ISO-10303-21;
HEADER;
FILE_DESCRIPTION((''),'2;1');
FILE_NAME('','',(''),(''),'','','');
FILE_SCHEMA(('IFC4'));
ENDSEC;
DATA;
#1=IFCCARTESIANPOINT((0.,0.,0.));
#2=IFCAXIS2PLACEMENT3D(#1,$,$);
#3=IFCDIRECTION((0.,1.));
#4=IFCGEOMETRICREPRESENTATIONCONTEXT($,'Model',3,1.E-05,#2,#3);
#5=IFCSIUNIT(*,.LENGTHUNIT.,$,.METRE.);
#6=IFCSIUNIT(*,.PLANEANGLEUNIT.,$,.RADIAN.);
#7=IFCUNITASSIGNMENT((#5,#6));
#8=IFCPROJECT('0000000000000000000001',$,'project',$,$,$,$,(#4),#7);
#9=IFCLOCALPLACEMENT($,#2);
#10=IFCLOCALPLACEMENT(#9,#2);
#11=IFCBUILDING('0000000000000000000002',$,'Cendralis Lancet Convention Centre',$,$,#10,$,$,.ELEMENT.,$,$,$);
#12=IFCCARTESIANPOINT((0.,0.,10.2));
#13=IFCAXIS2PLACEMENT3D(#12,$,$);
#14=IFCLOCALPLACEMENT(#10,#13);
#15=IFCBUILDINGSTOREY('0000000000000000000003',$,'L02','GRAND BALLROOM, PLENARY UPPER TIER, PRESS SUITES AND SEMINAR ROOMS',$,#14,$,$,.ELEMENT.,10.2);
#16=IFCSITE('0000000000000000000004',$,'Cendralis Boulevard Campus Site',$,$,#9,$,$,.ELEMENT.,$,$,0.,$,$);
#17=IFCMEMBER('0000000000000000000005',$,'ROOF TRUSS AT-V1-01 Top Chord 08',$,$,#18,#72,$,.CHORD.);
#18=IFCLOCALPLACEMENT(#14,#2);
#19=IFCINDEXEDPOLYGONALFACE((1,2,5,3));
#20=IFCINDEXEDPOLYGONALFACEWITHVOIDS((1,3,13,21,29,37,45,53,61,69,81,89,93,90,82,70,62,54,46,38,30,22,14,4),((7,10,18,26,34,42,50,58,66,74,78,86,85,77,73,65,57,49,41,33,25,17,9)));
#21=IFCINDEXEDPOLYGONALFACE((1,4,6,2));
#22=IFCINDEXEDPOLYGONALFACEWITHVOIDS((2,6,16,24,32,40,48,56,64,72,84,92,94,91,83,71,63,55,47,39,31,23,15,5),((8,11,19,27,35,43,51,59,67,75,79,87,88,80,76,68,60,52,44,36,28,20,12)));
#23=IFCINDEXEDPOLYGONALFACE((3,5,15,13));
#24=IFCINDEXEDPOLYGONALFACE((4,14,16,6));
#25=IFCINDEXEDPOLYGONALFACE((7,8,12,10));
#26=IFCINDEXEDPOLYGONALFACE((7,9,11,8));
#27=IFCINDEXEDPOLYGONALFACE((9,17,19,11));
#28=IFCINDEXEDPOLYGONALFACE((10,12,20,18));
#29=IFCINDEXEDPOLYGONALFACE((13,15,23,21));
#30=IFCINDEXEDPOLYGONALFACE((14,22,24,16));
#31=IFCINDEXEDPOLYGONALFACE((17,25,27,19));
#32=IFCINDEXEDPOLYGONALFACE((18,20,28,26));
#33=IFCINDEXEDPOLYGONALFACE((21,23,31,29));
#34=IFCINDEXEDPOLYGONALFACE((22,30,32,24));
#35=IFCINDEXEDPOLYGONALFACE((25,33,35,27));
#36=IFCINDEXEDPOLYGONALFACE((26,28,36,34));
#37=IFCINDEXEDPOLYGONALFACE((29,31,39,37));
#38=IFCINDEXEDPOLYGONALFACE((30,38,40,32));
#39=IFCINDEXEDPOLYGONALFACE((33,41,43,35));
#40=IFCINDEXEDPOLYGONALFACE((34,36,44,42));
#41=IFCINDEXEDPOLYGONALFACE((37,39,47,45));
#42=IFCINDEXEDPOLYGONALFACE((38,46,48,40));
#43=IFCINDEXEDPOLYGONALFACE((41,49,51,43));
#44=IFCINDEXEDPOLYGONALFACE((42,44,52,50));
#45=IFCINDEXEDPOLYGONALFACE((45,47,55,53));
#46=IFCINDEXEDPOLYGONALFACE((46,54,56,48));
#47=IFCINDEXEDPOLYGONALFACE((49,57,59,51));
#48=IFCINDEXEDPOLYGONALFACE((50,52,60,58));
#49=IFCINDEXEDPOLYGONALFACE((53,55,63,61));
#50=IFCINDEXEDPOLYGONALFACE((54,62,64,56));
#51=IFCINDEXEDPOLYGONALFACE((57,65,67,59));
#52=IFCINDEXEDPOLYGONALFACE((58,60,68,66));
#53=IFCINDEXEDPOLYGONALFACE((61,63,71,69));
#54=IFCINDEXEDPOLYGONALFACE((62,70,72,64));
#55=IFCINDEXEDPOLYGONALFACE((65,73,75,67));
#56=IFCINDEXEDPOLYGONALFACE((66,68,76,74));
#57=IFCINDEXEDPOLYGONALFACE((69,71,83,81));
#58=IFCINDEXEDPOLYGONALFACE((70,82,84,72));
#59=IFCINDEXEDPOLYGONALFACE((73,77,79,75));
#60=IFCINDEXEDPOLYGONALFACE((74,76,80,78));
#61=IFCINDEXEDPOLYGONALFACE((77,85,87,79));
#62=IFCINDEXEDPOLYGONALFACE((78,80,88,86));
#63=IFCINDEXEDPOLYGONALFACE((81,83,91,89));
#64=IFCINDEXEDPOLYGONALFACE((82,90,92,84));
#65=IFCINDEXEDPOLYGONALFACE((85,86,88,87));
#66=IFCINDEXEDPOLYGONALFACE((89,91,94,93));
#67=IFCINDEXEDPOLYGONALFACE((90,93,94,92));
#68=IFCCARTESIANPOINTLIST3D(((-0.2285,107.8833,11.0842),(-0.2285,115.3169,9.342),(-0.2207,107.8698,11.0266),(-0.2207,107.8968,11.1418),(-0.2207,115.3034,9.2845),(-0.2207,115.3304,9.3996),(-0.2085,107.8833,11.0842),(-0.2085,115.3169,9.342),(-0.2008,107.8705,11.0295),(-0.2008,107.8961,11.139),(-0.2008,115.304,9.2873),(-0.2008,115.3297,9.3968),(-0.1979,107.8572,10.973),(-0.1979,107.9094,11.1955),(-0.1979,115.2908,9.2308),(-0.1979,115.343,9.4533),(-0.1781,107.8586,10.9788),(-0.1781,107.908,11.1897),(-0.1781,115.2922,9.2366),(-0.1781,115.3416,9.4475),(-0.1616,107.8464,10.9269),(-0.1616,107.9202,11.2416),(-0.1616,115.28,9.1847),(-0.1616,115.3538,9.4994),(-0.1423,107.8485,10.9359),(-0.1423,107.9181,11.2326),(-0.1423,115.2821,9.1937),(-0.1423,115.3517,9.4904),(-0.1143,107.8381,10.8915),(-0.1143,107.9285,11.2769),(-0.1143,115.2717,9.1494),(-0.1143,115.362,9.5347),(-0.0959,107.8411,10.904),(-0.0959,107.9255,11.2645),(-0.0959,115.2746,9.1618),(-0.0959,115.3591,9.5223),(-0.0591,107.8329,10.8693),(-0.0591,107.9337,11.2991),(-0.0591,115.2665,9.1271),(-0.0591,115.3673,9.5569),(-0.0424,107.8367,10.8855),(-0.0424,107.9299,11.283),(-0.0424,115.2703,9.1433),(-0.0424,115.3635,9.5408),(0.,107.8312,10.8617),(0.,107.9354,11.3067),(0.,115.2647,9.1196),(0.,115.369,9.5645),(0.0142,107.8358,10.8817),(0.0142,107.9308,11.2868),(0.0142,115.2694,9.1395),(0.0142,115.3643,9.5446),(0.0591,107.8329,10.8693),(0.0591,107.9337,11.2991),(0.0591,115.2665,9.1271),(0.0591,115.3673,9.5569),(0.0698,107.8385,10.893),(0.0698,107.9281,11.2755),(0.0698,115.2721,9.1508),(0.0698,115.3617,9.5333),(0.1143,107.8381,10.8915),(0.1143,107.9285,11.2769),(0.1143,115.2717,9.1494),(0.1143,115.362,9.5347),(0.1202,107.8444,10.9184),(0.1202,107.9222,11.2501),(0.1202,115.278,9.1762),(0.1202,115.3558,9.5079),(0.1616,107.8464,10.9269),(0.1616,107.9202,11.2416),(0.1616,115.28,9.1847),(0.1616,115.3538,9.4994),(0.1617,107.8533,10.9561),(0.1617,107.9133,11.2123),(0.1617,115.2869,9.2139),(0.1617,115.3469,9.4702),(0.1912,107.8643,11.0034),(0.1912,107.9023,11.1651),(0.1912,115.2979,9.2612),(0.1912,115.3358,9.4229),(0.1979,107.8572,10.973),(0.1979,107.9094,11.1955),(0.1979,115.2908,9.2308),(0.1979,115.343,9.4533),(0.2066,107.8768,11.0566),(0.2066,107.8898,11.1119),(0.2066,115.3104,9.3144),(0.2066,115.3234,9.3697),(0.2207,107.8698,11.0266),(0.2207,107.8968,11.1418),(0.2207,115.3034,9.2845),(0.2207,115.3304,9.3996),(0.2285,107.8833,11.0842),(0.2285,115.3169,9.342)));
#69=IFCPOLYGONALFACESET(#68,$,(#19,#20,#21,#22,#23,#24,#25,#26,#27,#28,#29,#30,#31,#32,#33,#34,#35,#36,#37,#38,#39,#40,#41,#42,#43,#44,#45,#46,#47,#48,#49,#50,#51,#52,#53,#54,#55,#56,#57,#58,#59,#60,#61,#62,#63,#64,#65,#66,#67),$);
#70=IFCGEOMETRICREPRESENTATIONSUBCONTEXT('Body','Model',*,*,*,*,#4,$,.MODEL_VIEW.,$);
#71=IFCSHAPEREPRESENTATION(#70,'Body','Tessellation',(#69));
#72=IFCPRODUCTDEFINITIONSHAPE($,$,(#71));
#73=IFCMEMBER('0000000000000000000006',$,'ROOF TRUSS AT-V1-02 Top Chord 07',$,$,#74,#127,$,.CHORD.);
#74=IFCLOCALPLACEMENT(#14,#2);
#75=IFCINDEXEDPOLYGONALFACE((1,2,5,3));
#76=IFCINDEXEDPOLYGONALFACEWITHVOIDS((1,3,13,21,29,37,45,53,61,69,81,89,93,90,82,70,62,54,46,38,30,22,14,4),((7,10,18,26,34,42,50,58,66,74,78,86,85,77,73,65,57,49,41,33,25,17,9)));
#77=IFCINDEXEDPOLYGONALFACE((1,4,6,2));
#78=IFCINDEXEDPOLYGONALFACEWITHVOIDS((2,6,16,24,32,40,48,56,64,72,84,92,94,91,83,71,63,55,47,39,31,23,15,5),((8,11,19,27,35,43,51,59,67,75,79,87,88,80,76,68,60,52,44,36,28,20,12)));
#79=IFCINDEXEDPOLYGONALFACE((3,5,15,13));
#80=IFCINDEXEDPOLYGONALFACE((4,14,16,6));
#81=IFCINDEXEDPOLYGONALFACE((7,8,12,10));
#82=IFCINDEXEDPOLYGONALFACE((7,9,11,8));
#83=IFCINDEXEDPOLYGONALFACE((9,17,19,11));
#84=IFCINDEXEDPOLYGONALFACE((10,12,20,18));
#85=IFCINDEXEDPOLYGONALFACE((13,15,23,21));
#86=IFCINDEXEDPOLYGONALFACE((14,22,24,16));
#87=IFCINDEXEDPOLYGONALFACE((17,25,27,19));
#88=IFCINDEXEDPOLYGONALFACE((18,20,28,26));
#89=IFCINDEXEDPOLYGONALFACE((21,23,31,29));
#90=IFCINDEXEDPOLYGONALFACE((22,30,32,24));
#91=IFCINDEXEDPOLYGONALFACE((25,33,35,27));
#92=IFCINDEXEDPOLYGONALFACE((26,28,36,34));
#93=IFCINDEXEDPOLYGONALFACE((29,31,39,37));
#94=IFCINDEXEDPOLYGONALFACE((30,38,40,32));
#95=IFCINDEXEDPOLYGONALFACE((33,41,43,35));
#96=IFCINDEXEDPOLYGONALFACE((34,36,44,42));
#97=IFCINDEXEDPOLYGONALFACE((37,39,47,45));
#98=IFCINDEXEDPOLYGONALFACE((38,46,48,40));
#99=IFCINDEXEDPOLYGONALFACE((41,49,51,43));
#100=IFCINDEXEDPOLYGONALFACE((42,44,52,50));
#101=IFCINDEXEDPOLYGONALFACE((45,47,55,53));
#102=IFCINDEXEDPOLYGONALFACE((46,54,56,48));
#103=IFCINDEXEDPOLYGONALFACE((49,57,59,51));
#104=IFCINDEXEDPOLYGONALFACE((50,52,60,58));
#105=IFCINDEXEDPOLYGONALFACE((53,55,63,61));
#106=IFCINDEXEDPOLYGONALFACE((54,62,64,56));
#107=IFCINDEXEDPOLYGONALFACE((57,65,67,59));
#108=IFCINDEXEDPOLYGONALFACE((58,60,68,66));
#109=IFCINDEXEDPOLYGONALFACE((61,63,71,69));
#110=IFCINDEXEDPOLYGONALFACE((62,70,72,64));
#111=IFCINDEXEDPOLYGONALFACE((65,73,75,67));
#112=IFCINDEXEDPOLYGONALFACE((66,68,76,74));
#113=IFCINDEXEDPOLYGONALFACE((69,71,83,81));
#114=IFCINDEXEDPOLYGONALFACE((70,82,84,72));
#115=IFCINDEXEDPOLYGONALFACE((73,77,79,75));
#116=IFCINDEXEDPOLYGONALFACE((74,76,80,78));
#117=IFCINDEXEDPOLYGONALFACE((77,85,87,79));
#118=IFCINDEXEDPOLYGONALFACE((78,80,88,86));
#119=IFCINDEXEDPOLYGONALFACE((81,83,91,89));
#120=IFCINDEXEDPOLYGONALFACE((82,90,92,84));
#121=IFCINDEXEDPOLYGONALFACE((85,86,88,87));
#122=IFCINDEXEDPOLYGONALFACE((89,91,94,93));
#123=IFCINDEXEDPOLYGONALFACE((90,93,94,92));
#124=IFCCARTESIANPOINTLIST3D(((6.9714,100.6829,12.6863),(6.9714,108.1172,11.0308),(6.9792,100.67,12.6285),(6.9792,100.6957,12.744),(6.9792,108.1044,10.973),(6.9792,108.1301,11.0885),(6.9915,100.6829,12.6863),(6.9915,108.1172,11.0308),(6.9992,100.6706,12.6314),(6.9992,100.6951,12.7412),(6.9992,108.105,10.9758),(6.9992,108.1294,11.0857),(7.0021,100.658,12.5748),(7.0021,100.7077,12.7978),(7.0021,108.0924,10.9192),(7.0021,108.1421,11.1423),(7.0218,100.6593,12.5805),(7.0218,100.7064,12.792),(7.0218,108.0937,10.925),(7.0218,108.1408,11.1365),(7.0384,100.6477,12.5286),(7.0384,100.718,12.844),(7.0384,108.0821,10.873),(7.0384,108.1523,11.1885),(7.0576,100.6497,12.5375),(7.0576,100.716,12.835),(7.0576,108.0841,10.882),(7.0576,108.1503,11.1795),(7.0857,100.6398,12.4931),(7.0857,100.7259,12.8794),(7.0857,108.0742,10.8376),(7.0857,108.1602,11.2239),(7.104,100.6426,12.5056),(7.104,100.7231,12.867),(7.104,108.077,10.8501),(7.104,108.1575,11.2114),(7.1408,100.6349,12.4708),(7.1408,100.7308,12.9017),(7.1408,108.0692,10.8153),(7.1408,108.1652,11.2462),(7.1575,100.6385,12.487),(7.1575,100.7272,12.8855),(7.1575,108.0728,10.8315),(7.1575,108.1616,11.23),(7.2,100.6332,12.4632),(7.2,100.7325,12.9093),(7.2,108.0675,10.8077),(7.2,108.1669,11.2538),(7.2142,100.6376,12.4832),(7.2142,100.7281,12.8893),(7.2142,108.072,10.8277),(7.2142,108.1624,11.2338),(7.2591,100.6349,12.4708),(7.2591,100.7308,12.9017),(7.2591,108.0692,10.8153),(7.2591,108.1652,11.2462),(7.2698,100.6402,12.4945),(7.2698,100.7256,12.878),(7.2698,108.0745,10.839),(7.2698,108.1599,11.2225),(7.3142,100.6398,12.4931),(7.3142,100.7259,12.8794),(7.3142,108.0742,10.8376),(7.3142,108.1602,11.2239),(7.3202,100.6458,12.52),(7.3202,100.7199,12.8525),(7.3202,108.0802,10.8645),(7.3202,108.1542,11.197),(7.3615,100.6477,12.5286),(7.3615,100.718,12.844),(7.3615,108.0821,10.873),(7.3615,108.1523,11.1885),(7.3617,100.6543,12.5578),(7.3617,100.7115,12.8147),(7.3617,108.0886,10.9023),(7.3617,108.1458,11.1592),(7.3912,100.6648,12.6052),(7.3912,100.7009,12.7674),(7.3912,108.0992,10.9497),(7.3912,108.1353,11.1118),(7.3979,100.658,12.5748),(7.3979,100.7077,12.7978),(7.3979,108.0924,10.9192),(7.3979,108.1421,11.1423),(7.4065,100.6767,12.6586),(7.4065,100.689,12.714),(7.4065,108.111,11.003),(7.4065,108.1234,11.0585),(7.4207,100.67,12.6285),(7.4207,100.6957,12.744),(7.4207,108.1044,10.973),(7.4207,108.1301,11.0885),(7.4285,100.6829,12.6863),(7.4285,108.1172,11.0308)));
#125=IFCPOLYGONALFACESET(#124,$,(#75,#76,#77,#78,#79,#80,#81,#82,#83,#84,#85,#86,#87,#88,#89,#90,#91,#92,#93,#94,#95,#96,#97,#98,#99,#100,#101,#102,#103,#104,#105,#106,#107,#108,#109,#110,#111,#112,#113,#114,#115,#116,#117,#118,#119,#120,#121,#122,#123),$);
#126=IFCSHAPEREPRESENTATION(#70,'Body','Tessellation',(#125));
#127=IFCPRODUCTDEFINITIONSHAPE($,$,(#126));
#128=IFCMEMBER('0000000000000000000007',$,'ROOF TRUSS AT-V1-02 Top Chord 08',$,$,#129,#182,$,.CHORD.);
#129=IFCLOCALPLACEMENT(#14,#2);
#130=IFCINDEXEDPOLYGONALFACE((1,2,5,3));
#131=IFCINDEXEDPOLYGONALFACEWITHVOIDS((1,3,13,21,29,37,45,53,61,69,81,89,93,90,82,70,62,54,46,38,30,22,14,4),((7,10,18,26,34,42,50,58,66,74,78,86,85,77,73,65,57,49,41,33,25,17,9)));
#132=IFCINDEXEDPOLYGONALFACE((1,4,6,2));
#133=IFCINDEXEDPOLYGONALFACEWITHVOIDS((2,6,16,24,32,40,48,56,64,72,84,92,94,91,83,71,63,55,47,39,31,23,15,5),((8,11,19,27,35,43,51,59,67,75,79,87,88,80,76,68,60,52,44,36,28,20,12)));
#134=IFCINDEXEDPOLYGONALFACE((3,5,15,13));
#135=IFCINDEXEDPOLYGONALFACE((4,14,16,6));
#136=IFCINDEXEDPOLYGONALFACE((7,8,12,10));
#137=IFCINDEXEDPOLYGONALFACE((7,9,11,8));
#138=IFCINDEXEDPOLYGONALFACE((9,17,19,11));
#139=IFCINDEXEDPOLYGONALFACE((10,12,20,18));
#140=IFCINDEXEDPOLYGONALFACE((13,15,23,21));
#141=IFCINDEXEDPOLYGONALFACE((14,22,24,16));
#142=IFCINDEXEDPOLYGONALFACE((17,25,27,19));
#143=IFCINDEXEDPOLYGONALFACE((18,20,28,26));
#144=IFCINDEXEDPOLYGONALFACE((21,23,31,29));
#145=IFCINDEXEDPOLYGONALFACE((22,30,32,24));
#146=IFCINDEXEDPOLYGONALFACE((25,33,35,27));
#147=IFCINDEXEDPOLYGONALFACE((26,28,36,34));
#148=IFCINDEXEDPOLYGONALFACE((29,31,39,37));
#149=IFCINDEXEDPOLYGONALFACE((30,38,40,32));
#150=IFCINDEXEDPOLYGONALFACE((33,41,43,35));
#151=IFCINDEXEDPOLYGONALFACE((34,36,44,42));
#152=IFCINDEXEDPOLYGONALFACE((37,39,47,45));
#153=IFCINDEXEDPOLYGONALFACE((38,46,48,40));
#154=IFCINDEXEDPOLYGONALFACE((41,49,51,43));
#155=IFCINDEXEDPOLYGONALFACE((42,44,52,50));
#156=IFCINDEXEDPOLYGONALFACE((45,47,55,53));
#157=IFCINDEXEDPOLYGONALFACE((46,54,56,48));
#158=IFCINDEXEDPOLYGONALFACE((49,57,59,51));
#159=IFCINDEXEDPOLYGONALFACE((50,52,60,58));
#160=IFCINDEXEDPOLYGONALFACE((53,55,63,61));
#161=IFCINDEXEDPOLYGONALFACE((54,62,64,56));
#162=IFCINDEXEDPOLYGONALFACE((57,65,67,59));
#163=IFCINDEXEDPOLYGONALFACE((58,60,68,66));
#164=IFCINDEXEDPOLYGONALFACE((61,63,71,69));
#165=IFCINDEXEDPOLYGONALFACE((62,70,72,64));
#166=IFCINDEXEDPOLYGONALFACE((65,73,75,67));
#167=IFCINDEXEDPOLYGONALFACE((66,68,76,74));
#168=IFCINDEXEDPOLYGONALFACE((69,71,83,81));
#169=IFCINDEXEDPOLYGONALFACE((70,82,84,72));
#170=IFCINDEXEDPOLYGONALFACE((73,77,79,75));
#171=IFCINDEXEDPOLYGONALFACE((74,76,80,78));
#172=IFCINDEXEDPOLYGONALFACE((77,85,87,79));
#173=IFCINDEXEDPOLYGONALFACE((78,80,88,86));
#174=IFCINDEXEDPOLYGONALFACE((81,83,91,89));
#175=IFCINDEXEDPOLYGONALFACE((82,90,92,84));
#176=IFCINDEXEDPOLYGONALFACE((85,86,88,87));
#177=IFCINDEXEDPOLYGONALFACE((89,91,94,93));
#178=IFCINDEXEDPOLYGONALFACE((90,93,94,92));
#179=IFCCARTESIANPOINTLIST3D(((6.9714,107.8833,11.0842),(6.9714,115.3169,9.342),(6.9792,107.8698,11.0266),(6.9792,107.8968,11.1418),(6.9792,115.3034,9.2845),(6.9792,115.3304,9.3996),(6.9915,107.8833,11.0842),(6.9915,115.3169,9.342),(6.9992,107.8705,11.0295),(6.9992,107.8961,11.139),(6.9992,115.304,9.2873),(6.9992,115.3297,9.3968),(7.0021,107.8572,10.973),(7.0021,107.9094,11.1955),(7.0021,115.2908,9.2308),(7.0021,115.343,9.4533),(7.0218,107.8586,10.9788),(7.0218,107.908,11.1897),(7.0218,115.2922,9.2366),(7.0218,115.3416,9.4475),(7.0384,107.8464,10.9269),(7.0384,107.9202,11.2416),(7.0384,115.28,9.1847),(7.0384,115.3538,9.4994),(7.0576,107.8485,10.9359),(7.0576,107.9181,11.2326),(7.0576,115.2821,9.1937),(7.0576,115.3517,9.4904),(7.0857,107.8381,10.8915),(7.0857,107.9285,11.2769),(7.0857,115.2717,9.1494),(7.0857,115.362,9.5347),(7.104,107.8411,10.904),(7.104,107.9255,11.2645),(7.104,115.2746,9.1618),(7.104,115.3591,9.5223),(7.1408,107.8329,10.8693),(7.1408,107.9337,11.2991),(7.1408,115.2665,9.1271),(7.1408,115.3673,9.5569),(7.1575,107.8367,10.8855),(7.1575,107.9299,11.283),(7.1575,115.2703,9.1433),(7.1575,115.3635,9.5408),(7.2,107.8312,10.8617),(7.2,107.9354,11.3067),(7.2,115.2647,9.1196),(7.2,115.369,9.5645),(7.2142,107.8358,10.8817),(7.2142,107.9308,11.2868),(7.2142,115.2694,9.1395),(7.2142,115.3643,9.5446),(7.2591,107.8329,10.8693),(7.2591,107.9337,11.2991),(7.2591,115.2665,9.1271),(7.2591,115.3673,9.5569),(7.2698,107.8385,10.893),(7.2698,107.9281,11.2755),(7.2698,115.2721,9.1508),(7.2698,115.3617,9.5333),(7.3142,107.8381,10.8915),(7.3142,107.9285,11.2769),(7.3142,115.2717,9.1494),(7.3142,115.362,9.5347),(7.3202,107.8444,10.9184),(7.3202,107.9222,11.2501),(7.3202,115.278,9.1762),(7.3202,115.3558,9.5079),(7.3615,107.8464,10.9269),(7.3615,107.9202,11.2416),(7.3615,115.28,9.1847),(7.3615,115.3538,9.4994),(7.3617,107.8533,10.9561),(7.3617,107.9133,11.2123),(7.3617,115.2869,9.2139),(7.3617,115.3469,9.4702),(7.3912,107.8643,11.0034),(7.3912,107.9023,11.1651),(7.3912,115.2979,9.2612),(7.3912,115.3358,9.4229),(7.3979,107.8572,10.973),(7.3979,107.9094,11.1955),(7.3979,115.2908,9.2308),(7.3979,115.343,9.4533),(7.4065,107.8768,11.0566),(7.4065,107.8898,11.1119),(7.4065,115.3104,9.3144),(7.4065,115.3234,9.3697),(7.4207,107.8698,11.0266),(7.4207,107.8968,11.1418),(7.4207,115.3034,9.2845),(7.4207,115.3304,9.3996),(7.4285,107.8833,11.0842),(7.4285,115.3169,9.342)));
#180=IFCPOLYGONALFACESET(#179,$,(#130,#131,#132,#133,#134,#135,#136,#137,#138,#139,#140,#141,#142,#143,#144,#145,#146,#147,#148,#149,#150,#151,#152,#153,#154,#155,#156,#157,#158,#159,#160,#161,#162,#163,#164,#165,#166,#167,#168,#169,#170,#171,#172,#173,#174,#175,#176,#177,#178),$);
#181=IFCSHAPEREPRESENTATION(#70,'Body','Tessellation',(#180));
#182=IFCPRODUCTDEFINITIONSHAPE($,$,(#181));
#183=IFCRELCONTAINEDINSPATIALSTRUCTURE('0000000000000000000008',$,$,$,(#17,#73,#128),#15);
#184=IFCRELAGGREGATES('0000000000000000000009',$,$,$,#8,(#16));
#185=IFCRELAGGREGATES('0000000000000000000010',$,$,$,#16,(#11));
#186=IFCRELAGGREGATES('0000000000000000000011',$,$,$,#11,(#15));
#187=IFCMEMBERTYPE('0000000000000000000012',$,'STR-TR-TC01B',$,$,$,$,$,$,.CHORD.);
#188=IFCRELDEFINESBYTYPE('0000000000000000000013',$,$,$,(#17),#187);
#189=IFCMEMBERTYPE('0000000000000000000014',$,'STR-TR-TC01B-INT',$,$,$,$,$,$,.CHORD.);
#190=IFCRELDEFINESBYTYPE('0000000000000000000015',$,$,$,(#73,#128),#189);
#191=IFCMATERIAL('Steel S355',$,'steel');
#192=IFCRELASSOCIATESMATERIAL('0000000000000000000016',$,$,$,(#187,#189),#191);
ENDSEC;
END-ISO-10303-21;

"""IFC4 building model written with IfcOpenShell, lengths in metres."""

from ifc_helpers import new_model, si_unit, direction, frame, origin, origin_2d, place, context, subcontext, project, spatial, hollow_circle, extrude, material, material_profile, profile_set, type_object, element, save


model = new_model("IFC4")

# Units and contexts
model_context = context("Model", 3, precision=1e-05, world=origin(), true_north=direction((0.0, 1.0)))
body_context = subcontext(model_context, "Body", "Model", "MODEL_VIEW")
ifc_project = project(units=[si_unit("LENGTHUNIT", "METRE"), si_unit("PLANEANGLEUNIT", "RADIAN")], contexts=[model_context])

# Site, building, storey
site_placement = place(None, origin())
site = spatial("IfcSite", under=ifc_project, at=site_placement, Name="Cendralis Boulevard Campus Site", CompositionType="ELEMENT", RefElevation=0.0)
building_placement = place(site_placement, origin())
building = spatial("IfcBuilding", under=site, at=building_placement, Name="Cendralis Lancet Convention Centre", CompositionType="ELEMENT")
storey_placement = place(building_placement, frame((0.0, 0.0, 10.2)))
storey = spatial("IfcBuildingStorey", under=building, at=storey_placement, Name="L02", Description="GRAND BALLROOM, PLENARY UPPER TIER, PRESS SUITES AND SEMINAR ROOMS", CompositionType="ELEMENT", Elevation=10.2)

# Members
ifc_material = material(Name="Steel S355", Category="steel")
ifc_material_profile_1 = material_profile(ifc_material, hollow_circle(Radius=0.2285, WallThickness=0.02, at=origin_2d()), Name="CHS 457.0x20.0")
ifc_profile_set_1 = profile_set([ifc_material_profile_1], Name="Steel S355")
member_type_1 = type_object("IfcMemberType", Name="STR-TR-TC01B", PredefinedType="CHORD", material=ifc_profile_set_1)
member_1_placement = place(storey_placement, frame((0.0, 107.8833, 11.0842), z_axis=(0.0, 0.973618, -0.228184), x_axis=(-1.0, 0.0, 0.0)))
element("IfcMember", 1, at=member_1_placement, inside=storey, type_object=member_type_1, Name="ROOF TRUSS AT-V1-01 Top Chord 08", PredefinedType="CHORD", context=body_context, shape_type="SweptSolid", body=[
    extrude(hollow_circle(Radius=0.2285, WallThickness=0.02, at=origin_2d()), origin(), (0.0, 0.0, 1.0), 7.635),
])
ifc_material_profile_2 = material_profile(ifc_material, hollow_circle(Radius=0.2285, WallThickness=0.02, at=origin_2d()), Name="CHS 457.0x20.0")
ifc_profile_set_2 = profile_set([ifc_material_profile_2], Name="Steel S355")
member_type_2 = type_object("IfcMemberType", Name="STR-TR-TC01B-INT", PredefinedType="CHORD", material=ifc_profile_set_2)
member_2_placement = place(storey_placement, frame((7.2, 100.6829, 12.6863), z_axis=(0.0, 0.976091, -0.217361), x_axis=(-1.0, 0.0, 0.0)))
element("IfcMember", 2, at=member_2_placement, inside=storey, type_object=member_type_2, Name="ROOF TRUSS AT-V1-02 Top Chord 07", PredefinedType="CHORD", context=body_context, shape_type="SweptSolid", body=[
    extrude(hollow_circle(Radius=0.2285, WallThickness=0.02, at=origin_2d()), origin(), (0.0, 0.0, 1.0), 7.6165),
])
member_3_placement = place(storey_placement, frame((7.2, 107.8833, 11.0842), z_axis=(0.0, 0.973618, -0.228184), x_axis=(-1.0, 0.0, 0.0)))
element("IfcMember", 3, at=member_3_placement, inside=storey, type_object=member_type_2, Name="ROOF TRUSS AT-V1-02 Top Chord 08", PredefinedType="CHORD", context=body_context, shape_type="SweptSolid", body=[
    extrude(hollow_circle(Radius=0.2285, WallThickness=0.02, at=origin_2d()), origin(), (0.0, 0.0, 1.0), 7.635),
])

save(model, "model.ifc")
